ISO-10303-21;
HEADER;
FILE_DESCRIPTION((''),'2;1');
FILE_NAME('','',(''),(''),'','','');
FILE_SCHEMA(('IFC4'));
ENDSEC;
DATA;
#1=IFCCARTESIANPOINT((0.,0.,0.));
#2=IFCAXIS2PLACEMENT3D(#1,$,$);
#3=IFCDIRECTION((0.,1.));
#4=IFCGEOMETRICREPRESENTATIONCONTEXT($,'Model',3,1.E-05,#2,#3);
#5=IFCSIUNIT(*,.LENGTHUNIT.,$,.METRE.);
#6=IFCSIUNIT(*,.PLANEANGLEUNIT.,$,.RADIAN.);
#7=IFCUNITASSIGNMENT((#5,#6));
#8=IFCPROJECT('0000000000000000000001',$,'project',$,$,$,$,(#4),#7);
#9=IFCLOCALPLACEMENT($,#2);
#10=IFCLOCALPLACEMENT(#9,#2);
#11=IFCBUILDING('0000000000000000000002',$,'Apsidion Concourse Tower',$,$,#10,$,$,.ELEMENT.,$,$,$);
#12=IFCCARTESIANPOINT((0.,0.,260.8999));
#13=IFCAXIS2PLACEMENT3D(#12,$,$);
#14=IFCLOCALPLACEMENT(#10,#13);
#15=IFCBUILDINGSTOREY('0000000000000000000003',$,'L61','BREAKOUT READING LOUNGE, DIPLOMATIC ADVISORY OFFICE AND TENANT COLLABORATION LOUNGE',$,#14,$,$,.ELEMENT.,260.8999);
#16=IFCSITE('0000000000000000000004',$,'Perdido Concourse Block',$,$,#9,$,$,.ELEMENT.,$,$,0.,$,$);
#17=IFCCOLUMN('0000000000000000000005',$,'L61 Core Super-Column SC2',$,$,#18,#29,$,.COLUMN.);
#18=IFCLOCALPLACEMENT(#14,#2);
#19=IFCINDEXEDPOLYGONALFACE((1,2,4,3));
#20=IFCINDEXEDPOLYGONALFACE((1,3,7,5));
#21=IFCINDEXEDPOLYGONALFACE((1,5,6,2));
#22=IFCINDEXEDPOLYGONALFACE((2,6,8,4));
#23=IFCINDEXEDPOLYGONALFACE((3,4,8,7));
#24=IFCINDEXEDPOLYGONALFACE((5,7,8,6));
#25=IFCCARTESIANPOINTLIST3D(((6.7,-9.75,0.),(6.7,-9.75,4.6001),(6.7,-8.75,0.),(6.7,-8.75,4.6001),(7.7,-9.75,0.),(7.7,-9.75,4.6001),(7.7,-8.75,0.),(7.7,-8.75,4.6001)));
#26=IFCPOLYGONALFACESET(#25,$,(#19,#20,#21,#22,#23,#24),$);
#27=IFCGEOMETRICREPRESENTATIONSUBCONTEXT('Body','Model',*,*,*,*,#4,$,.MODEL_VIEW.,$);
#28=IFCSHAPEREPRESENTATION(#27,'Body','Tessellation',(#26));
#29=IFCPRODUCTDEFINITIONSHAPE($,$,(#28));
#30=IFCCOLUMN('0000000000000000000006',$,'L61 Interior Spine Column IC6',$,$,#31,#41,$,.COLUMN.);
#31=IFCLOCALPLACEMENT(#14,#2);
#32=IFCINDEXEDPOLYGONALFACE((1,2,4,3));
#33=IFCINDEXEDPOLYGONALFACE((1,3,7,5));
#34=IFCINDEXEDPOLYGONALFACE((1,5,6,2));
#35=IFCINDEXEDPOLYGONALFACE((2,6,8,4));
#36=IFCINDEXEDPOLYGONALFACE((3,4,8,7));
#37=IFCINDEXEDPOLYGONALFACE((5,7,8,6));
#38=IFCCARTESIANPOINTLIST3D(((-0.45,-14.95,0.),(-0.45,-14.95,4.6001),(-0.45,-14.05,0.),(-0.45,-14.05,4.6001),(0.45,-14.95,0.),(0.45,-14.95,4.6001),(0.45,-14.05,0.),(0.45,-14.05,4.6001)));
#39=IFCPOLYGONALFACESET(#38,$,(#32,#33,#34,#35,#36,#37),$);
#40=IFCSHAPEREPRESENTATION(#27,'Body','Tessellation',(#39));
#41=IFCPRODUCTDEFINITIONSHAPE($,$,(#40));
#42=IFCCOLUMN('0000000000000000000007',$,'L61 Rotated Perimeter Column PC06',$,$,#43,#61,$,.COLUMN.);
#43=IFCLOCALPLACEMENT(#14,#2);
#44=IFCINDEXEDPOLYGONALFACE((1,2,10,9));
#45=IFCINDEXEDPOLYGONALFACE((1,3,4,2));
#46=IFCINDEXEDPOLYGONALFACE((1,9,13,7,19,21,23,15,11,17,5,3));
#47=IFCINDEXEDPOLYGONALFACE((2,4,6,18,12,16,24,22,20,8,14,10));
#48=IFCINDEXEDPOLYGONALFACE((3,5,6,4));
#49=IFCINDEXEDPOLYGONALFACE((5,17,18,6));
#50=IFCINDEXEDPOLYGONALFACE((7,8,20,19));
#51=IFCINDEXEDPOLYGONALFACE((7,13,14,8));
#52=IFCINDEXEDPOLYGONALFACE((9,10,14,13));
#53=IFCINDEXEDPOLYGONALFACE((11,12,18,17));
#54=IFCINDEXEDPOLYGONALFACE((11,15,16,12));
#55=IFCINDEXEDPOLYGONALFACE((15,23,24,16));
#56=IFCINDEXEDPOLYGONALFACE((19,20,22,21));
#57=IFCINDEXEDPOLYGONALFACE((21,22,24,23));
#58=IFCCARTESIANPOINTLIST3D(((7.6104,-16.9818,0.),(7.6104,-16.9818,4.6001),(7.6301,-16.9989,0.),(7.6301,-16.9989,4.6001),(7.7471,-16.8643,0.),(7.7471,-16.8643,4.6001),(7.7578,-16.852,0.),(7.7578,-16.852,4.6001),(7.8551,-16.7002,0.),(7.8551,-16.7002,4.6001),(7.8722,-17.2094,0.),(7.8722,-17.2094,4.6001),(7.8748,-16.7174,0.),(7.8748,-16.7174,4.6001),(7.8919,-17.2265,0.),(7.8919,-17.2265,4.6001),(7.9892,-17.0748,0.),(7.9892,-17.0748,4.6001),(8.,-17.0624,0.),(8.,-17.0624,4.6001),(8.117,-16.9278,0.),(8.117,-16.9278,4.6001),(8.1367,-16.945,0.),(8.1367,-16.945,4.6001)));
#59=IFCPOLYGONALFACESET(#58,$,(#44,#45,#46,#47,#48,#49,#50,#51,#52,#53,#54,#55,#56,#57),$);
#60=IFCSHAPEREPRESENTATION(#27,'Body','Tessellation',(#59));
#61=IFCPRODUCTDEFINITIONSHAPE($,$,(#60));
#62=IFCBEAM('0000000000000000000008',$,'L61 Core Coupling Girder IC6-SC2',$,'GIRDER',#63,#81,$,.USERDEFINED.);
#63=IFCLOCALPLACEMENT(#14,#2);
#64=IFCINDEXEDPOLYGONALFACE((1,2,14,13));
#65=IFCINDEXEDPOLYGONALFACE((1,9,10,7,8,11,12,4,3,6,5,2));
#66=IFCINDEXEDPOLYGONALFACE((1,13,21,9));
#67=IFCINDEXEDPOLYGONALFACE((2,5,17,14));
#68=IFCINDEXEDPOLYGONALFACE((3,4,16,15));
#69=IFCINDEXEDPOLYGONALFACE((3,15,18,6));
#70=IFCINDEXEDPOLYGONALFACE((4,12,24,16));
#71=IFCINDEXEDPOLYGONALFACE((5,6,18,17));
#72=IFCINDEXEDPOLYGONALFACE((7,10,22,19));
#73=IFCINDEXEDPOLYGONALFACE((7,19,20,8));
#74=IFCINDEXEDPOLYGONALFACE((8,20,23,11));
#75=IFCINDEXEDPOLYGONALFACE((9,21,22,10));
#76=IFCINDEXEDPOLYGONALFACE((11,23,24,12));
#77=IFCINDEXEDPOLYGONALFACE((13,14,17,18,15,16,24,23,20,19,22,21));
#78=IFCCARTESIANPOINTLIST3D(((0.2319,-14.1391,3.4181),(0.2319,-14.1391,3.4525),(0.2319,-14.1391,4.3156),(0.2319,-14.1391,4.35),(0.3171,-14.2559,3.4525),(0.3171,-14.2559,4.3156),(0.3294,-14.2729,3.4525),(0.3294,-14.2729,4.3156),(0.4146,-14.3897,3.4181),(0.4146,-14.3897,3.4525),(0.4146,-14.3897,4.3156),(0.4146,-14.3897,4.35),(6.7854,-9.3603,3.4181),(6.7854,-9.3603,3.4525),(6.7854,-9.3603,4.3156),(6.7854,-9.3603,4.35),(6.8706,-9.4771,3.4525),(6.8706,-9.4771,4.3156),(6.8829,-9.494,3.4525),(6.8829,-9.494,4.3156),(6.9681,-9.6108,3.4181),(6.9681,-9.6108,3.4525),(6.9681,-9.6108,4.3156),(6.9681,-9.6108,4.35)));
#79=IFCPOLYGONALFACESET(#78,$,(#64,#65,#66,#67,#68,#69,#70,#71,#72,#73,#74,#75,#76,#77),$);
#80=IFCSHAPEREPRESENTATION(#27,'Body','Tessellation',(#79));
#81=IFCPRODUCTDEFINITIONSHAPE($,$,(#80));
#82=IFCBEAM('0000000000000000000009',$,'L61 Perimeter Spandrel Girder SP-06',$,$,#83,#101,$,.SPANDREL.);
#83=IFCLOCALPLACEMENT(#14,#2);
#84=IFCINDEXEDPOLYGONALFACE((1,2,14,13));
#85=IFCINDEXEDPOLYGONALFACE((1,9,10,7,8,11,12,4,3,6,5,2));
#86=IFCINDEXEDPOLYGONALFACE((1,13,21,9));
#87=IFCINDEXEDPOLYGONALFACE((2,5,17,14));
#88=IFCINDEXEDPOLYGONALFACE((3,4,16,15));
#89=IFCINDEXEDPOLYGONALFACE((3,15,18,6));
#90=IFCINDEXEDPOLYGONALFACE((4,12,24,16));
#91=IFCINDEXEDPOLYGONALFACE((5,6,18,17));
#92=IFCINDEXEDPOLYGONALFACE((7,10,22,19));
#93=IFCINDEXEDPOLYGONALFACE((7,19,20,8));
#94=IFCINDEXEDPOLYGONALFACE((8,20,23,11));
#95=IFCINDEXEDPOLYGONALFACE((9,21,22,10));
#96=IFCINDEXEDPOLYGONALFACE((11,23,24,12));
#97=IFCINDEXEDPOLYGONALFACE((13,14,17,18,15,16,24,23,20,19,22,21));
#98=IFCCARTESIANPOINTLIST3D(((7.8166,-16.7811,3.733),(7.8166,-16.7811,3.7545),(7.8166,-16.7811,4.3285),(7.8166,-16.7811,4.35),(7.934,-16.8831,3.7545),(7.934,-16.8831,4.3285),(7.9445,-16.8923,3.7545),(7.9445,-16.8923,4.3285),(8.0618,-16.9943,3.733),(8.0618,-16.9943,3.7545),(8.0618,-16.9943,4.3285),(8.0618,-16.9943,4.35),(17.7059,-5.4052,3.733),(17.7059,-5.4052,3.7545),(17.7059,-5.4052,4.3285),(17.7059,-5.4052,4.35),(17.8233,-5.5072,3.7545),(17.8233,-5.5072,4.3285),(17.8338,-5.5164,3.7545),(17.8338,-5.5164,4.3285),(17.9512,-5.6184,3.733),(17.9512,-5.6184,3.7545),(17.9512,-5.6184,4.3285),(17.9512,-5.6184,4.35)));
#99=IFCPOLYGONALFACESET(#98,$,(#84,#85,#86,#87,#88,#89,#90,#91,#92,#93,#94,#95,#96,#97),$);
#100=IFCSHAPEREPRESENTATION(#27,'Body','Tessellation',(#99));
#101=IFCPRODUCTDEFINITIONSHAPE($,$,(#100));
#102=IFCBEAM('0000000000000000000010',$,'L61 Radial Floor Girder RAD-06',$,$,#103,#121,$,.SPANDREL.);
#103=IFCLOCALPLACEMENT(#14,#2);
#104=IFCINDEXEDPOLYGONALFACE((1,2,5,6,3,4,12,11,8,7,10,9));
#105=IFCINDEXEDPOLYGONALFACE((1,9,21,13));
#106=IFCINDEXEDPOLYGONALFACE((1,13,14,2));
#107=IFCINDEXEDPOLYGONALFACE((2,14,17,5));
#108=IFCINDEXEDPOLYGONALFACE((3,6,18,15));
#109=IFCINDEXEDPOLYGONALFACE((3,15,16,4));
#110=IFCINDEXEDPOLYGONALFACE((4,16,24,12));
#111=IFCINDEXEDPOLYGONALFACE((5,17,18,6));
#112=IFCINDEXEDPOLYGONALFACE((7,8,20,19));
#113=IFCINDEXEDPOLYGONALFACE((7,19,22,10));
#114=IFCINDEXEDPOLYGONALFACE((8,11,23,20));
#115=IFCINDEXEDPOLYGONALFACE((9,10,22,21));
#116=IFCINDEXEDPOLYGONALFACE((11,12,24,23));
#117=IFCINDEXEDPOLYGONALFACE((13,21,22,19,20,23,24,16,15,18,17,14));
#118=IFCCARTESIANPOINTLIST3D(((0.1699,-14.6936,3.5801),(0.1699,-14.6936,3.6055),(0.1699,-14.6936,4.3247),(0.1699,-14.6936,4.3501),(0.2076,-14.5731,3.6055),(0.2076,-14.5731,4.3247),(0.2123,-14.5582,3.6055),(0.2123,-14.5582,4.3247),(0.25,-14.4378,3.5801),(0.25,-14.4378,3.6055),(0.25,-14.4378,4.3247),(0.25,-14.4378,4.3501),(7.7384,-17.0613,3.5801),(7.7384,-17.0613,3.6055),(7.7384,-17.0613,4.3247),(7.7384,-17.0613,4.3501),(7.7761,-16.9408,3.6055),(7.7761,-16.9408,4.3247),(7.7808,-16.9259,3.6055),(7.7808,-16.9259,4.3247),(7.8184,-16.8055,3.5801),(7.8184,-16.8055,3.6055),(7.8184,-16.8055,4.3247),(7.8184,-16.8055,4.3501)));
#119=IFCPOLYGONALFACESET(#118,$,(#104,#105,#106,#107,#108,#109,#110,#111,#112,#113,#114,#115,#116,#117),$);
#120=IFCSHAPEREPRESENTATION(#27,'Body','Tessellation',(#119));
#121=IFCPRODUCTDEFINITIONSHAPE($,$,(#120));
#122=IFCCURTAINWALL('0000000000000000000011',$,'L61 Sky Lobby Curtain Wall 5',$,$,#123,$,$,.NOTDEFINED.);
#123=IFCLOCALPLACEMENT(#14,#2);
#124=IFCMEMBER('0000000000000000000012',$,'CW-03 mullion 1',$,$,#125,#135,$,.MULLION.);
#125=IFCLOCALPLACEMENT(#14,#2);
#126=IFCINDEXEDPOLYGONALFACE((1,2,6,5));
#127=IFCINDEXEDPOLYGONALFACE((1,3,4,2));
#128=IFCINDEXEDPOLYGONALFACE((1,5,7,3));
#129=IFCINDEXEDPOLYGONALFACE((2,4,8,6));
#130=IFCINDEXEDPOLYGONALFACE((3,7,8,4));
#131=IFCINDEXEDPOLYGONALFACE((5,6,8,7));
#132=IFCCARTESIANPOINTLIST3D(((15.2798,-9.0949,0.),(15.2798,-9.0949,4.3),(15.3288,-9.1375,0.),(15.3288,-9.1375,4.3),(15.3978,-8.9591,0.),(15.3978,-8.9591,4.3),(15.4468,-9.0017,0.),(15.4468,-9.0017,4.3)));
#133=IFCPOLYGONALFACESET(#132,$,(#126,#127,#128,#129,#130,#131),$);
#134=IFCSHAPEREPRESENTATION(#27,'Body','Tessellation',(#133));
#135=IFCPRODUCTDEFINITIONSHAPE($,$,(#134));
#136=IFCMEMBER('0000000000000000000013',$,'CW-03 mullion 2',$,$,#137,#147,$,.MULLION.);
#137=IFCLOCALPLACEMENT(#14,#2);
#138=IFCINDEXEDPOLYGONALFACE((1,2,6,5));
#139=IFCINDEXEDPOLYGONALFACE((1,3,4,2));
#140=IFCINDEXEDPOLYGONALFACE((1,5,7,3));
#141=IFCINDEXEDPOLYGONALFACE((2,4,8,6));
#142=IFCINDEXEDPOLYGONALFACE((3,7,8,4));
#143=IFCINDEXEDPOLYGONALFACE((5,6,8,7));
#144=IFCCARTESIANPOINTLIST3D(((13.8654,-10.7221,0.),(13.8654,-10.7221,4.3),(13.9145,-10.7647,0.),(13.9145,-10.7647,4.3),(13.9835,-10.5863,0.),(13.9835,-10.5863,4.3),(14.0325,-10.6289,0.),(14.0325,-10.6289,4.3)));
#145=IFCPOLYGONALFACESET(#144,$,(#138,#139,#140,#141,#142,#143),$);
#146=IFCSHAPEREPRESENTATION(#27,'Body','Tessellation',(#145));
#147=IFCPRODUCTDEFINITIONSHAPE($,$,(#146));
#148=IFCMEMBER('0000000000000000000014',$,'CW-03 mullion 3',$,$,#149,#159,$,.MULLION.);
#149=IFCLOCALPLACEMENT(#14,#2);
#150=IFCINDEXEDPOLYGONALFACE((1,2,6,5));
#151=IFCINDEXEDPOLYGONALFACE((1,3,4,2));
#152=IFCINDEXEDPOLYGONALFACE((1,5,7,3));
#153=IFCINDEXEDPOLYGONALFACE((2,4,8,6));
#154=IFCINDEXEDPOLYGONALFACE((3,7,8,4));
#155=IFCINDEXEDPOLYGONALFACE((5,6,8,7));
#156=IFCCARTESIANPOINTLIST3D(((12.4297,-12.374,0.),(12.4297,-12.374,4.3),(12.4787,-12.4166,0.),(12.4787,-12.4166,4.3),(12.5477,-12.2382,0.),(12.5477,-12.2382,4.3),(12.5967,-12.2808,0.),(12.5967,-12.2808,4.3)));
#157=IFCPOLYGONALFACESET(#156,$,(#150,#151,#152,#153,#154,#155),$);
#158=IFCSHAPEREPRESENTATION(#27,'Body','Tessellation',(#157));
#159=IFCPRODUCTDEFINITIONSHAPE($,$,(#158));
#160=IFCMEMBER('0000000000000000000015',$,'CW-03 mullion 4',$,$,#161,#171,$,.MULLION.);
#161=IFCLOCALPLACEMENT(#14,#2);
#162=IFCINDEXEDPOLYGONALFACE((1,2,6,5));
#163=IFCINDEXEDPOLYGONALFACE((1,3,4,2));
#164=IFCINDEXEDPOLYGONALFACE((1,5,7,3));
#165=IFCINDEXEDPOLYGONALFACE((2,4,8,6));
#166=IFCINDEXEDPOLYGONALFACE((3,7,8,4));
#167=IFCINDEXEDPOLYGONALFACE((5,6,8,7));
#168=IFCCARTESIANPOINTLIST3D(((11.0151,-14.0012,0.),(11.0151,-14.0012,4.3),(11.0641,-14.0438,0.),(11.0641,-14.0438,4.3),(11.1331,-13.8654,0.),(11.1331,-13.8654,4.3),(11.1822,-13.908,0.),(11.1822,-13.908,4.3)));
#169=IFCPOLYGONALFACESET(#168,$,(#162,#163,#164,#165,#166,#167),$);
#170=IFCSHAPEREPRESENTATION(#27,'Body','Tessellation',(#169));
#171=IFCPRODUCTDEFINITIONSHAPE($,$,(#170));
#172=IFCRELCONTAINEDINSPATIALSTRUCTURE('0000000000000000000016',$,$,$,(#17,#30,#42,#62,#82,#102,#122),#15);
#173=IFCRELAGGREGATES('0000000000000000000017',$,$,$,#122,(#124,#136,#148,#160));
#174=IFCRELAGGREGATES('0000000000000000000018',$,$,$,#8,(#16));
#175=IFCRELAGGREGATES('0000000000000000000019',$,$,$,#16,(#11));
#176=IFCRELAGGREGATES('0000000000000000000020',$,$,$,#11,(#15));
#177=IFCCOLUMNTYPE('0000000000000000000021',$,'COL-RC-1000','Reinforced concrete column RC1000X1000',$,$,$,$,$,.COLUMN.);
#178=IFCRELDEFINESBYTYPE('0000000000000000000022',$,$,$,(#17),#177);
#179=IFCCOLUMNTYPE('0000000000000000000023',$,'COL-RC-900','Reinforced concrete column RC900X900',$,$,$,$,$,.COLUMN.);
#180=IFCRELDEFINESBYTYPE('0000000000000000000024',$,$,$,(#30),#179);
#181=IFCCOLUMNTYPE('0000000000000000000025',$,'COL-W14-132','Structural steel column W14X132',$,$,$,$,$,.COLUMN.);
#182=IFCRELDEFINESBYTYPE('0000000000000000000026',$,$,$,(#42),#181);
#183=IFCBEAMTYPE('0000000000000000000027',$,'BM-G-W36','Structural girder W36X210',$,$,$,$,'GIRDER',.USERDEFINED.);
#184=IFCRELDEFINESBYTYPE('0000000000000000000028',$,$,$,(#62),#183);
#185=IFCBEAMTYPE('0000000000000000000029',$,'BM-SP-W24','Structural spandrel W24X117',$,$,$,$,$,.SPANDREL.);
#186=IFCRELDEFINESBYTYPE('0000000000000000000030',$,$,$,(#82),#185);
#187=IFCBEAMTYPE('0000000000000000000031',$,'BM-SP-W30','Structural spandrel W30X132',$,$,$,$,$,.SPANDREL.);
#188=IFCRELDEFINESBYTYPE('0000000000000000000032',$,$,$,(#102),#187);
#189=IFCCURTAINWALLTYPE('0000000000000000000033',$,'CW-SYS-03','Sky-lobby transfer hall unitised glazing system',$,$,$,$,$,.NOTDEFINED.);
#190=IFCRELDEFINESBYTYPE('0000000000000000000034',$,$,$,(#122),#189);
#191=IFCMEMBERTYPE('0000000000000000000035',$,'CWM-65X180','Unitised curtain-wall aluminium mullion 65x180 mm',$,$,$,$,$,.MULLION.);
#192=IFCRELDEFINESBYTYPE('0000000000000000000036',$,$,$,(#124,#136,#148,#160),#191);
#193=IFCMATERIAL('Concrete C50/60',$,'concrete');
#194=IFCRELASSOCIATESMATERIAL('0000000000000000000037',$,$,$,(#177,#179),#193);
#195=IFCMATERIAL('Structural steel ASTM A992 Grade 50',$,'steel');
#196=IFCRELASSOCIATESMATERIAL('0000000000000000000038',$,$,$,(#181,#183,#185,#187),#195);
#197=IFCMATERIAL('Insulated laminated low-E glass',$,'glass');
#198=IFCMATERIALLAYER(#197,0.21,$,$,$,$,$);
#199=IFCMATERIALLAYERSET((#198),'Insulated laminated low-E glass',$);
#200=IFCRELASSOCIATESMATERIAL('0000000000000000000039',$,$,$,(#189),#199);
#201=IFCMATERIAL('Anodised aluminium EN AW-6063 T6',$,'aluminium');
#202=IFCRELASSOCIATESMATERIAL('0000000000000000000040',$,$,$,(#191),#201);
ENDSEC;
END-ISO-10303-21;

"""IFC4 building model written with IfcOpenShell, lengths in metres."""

from ifc_helpers import new_model, si_unit, direction, frame, origin, origin_2d, place, context, subcontext, project, spatial, rectangle, i_section, extrude, material, layer, layer_set, material_profile, profile_set, type_object, element, aggregate, save


model = new_model("IFC4")

# Units and contexts
model_context = context("Model", 3, precision=1e-05, world=origin(), true_north=direction((0.0, 1.0)))
body_context = subcontext(model_context, "Body", "Model", "MODEL_VIEW")
ifc_project = project(units=[si_unit("LENGTHUNIT", "METRE"), si_unit("PLANEANGLEUNIT", "RADIAN")], contexts=[model_context])

# Site, building, storey
site_placement = place(None, origin())
site = spatial("IfcSite", under=ifc_project, at=site_placement, Name="Perdido Concourse Block", CompositionType="ELEMENT", RefElevation=0.0)
building_placement = place(site_placement, origin())
building = spatial("IfcBuilding", under=site, at=building_placement, Name="Apsidion Concourse Tower", CompositionType="ELEMENT")
storey_placement = place(building_placement, frame((0.0, 0.0, 260.8999)))
storey = spatial("IfcBuildingStorey", under=building, at=storey_placement, Name="L61", Description="BREAKOUT READING LOUNGE, DIPLOMATIC ADVISORY OFFICE AND TENANT COLLABORATION LOUNGE", CompositionType="ELEMENT", Elevation=260.8999)

# Columns
ifc_material_1 = material(Name="Concrete C50/60", Category="concrete")
ifc_material_profile_1 = material_profile(ifc_material_1, rectangle(XDim=1.0, YDim=1.0, at=origin_2d()), Name="RC 1000x1000")
ifc_profile_set_1 = profile_set([ifc_material_profile_1], Name="Concrete C50/60")
column_type_1 = type_object("IfcColumnType", Name="COL-RC-1000", Description="Reinforced concrete column RC1000X1000", PredefinedType="COLUMN", material=ifc_profile_set_1)
column_1_placement = place(storey_placement, frame((7.2, -9.25, 0.0), z_axis=(0.0, 0.0, 1.0), x_axis=(1.0, 0.0, 0.0)))
element("IfcColumn", 1, at=column_1_placement, inside=storey, type_object=column_type_1, Name="L61 Core Super-Column SC2", PredefinedType="COLUMN", context=body_context, shape_type="SweptSolid", body=[
    extrude(rectangle(XDim=1.0, YDim=1.0, at=origin_2d()), origin(), (0.0, 0.0, 1.0), 4.6001),
])
ifc_material_profile_2 = material_profile(ifc_material_1, rectangle(XDim=0.8999, YDim=0.8999, at=origin_2d()), Name="RC 900x900")
ifc_profile_set_2 = profile_set([ifc_material_profile_2], Name="Concrete C50/60")
column_type_2 = type_object("IfcColumnType", Name="COL-RC-900", Description="Reinforced concrete column RC900X900", PredefinedType="COLUMN", material=ifc_profile_set_2)
column_2_placement = place(storey_placement, frame((0.0, -14.5, 0.0), z_axis=(0.0, 0.0, 1.0), x_axis=(1.0, 0.0, 0.0)))
element("IfcColumn", 2, at=column_2_placement, inside=storey, type_object=column_type_2, Name="L61 Interior Spine Column IC6", PredefinedType="COLUMN", context=body_context, shape_type="SweptSolid", body=[
    extrude(rectangle(XDim=0.8999, YDim=0.8999, at=origin_2d()), origin(), (0.0, 0.0, 1.0), 4.6001),
])
ifc_material_2 = material(Name="Structural steel ASTM A992 Grade 50", Category="steel")
ifc_material_profile_3 = material_profile(ifc_material_2, i_section(OverallWidth=0.373, OverallDepth=0.373, WebThickness=0.0164, FlangeThickness=0.0261, at=origin_2d()), Name="W14X132")
ifc_profile_set_3 = profile_set([ifc_material_profile_3], Name="Structural steel ASTM A992 Grade 50")
column_type_3 = type_object("IfcColumnType", Name="COL-W14-132", Description="Structural steel column W14X132", PredefinedType="COLUMN", material=ifc_profile_set_3)
column_3_placement = place(storey_placement, frame((7.8735, -16.9634, 0.0), z_axis=(0.0, 0.0, 1.0), x_axis=(0.656059, 0.75471, 0.0)))
element("IfcColumn", 3, at=column_3_placement, inside=storey, type_object=column_type_3, Name="L61 Rotated Perimeter Column PC06", PredefinedType="COLUMN", context=body_context, shape_type="SweptSolid", body=[
    extrude(i_section(OverallWidth=0.373, OverallDepth=0.373, WebThickness=0.0164, FlangeThickness=0.0261, at=origin_2d()), origin(), (0.0, 0.0, 1.0), 4.6001),
])

# Beams
ifc_material_profile_4 = material_profile(ifc_material_2, i_section(OverallWidth=0.3101, OverallDepth=0.9319, WebThickness=0.021, FlangeThickness=0.0344, at=origin_2d()), Name="W36X210")
ifc_profile_set_4 = profile_set([ifc_material_profile_4], Name="Structural steel ASTM A992 Grade 50")
beam_type_1 = type_object("IfcBeamType", Name="BM-G-W36", Description="Structural girder W36X210", ElementType="GIRDER", PredefinedType="USERDEFINED", material=ifc_profile_set_4)
beam_1_placement = place(storey_placement, frame((0.3232, -14.2644, 3.884), z_axis=(0.807993, 0.589191, 0.0), x_axis=(-0.589191, 0.807993, 0.0)))
element("IfcBeam", 4, at=beam_1_placement, inside=storey, type_object=beam_type_1, Name="L61 Core Coupling Girder IC6-SC2", ObjectType="GIRDER", PredefinedType="USERDEFINED", context=body_context, shape_type="SweptSolid", body=[
    extrude(i_section(OverallWidth=0.3101, OverallDepth=0.9319, WebThickness=0.021, FlangeThickness=0.0344, at=origin_2d()), origin(), (0.0, 0.0, 1.0), 8.1108),
])
ifc_material_profile_5 = material_profile(ifc_material_2, i_section(OverallWidth=0.325, OverallDepth=0.6169, WebThickness=0.0139, FlangeThickness=0.0215, at=origin_2d()), Name="W24X117")
ifc_profile_set_5 = profile_set([ifc_material_profile_5], Name="Structural steel ASTM A992 Grade 50")
beam_type_2 = type_object("IfcBeamType", Name="BM-SP-W24", Description="Structural spandrel W24X117", PredefinedType="SPANDREL", material=ifc_profile_set_5)
beam_2_placement = place(storey_placement, frame((7.9392, -16.8877, 4.0415), z_axis=(0.656075, 0.754696, 0.0), x_axis=(-0.754696, 0.656075, 0.0)))
element("IfcBeam", 5, at=beam_2_placement, inside=storey, type_object=beam_type_2, Name="L61 Perimeter Spandrel Girder SP-06", PredefinedType="SPANDREL", context=body_context, shape_type="SweptSolid", body=[
    extrude(i_section(OverallWidth=0.325, OverallDepth=0.6169, WebThickness=0.0139, FlangeThickness=0.0215, at=origin_2d()), origin(), (0.0, 0.0, 1.0), 15.0735),
])
ifc_material_profile_6 = material_profile(ifc_material_2, i_section(OverallWidth=0.2681, OverallDepth=0.77, WebThickness=0.0156, FlangeThickness=0.0254, at=origin_2d()), Name="W30X132")
ifc_profile_set_6 = profile_set([ifc_material_profile_6], Name="Structural steel ASTM A992 Grade 50")
beam_type_3 = type_object("IfcBeamType", Name="BM-SP-W30", Description="Structural spandrel W30X132", PredefinedType="SPANDREL", material=ifc_profile_set_6)
beam_3_placement = place(storey_placement, frame((0.21, -14.5657, 3.9651), z_axis=(0.954388, -0.298569, 0.0), x_axis=(0.298569, 0.954388, 0.0)))
element("IfcBeam", 6, at=beam_3_placement, inside=storey, type_object=beam_type_3, Name="L61 Radial Floor Girder RAD-06", PredefinedType="SPANDREL", context=body_context, shape_type="SweptSolid", body=[
    extrude(i_section(OverallWidth=0.2681, OverallDepth=0.77, WebThickness=0.0156, FlangeThickness=0.0254, at=origin_2d()), origin(), (0.0, 0.0, 1.0), 7.9302),
])

# Curtain wall, members
ifc_material_3 = material(Name="Insulated laminated low-E glass", Category="glass")
ifc_layer_1 = layer(ifc_material_3, 0.21)
ifc_layer_set_1 = layer_set([ifc_layer_1], Name="Insulated laminated low-E glass")
curtain_wall_type = type_object("IfcCurtainWallType", Name="CW-SYS-03", Description="Sky-lobby transfer hall unitised glazing system", PredefinedType="NOTDEFINED", material=ifc_layer_set_1)
curtain_wall_placement = place(storey_placement, origin())
curtain_wall = element("IfcCurtainWall", 7, at=curtain_wall_placement, inside=storey, type_object=curtain_wall_type, Name="L61 Sky Lobby Curtain Wall 5", PredefinedType="NOTDEFINED")
ifc_material_4 = material(Name="Anodised aluminium EN AW-6063 T6", Category="aluminium")
ifc_material_profile_7 = material_profile(ifc_material_4, rectangle(XDim=0.0649, YDim=0.1799, at=origin_2d()), Name="ALU MULLION 65x180")
ifc_profile_set_7 = profile_set([ifc_material_profile_7], Name="Anodised aluminium EN AW-6063 T6")
member_type_1 = type_object("IfcMemberType", Name="CWM-65X180", Description="Unitised curtain-wall aluminium mullion 65x180 mm", PredefinedType="MULLION", material=ifc_profile_set_7)
member_1_placement = place(storey_placement, frame((15.3633, -9.0483, 0.0), z_axis=(0.0, 0.0, 1.0), x_axis=(0.75471, -0.656059, 0.0)))
member_1 = element("IfcMember", 8, at=member_1_placement, type_object=member_type_1, Name="CW-03 mullion 1", PredefinedType="MULLION", context=body_context, shape_type="SweptSolid", body=[
    extrude(rectangle(XDim=0.0649, YDim=0.1799, at=origin_2d()), origin(), (0.0, 0.0, 1.0), 4.3),
])
member_2_placement = place(storey_placement, frame((13.949, -10.6755, 0.0), z_axis=(0.0, 0.0, 1.0), x_axis=(0.75471, -0.656059, 0.0)))
member_2 = element("IfcMember", 9, at=member_2_placement, type_object=member_type_1, Name="CW-03 mullion 2", PredefinedType="MULLION", context=body_context, shape_type="SweptSolid", body=[
    extrude(rectangle(XDim=0.0649, YDim=0.1799, at=origin_2d()), origin(), (0.0, 0.0, 1.0), 4.3),
])
member_3_placement = place(storey_placement, frame((12.5132, -12.3274, 0.0), z_axis=(0.0, 0.0, 1.0), x_axis=(0.75471, -0.656059, 0.0)))
member_3 = element("IfcMember", 10, at=member_3_placement, type_object=member_type_1, Name="CW-03 mullion 3", PredefinedType="MULLION", context=body_context, shape_type="SweptSolid", body=[
    extrude(rectangle(XDim=0.0649, YDim=0.1799, at=origin_2d()), origin(), (0.0, 0.0, 1.0), 4.3),
])
member_4_placement = place(storey_placement, frame((11.0986, -13.9546, 0.0), z_axis=(0.0, 0.0, 1.0), x_axis=(0.75471, -0.656059, 0.0)))
member_4 = element("IfcMember", 11, at=member_4_placement, type_object=member_type_1, Name="CW-03 mullion 4", PredefinedType="MULLION", context=body_context, shape_type="SweptSolid", body=[
    extrude(rectangle(XDim=0.0649, YDim=0.1799, at=origin_2d()), origin(), (0.0, 0.0, 1.0), 4.3),
])
aggregate(curtain_wall, [member_1, member_2, member_3, member_4])

save(model, "model.ifc")
